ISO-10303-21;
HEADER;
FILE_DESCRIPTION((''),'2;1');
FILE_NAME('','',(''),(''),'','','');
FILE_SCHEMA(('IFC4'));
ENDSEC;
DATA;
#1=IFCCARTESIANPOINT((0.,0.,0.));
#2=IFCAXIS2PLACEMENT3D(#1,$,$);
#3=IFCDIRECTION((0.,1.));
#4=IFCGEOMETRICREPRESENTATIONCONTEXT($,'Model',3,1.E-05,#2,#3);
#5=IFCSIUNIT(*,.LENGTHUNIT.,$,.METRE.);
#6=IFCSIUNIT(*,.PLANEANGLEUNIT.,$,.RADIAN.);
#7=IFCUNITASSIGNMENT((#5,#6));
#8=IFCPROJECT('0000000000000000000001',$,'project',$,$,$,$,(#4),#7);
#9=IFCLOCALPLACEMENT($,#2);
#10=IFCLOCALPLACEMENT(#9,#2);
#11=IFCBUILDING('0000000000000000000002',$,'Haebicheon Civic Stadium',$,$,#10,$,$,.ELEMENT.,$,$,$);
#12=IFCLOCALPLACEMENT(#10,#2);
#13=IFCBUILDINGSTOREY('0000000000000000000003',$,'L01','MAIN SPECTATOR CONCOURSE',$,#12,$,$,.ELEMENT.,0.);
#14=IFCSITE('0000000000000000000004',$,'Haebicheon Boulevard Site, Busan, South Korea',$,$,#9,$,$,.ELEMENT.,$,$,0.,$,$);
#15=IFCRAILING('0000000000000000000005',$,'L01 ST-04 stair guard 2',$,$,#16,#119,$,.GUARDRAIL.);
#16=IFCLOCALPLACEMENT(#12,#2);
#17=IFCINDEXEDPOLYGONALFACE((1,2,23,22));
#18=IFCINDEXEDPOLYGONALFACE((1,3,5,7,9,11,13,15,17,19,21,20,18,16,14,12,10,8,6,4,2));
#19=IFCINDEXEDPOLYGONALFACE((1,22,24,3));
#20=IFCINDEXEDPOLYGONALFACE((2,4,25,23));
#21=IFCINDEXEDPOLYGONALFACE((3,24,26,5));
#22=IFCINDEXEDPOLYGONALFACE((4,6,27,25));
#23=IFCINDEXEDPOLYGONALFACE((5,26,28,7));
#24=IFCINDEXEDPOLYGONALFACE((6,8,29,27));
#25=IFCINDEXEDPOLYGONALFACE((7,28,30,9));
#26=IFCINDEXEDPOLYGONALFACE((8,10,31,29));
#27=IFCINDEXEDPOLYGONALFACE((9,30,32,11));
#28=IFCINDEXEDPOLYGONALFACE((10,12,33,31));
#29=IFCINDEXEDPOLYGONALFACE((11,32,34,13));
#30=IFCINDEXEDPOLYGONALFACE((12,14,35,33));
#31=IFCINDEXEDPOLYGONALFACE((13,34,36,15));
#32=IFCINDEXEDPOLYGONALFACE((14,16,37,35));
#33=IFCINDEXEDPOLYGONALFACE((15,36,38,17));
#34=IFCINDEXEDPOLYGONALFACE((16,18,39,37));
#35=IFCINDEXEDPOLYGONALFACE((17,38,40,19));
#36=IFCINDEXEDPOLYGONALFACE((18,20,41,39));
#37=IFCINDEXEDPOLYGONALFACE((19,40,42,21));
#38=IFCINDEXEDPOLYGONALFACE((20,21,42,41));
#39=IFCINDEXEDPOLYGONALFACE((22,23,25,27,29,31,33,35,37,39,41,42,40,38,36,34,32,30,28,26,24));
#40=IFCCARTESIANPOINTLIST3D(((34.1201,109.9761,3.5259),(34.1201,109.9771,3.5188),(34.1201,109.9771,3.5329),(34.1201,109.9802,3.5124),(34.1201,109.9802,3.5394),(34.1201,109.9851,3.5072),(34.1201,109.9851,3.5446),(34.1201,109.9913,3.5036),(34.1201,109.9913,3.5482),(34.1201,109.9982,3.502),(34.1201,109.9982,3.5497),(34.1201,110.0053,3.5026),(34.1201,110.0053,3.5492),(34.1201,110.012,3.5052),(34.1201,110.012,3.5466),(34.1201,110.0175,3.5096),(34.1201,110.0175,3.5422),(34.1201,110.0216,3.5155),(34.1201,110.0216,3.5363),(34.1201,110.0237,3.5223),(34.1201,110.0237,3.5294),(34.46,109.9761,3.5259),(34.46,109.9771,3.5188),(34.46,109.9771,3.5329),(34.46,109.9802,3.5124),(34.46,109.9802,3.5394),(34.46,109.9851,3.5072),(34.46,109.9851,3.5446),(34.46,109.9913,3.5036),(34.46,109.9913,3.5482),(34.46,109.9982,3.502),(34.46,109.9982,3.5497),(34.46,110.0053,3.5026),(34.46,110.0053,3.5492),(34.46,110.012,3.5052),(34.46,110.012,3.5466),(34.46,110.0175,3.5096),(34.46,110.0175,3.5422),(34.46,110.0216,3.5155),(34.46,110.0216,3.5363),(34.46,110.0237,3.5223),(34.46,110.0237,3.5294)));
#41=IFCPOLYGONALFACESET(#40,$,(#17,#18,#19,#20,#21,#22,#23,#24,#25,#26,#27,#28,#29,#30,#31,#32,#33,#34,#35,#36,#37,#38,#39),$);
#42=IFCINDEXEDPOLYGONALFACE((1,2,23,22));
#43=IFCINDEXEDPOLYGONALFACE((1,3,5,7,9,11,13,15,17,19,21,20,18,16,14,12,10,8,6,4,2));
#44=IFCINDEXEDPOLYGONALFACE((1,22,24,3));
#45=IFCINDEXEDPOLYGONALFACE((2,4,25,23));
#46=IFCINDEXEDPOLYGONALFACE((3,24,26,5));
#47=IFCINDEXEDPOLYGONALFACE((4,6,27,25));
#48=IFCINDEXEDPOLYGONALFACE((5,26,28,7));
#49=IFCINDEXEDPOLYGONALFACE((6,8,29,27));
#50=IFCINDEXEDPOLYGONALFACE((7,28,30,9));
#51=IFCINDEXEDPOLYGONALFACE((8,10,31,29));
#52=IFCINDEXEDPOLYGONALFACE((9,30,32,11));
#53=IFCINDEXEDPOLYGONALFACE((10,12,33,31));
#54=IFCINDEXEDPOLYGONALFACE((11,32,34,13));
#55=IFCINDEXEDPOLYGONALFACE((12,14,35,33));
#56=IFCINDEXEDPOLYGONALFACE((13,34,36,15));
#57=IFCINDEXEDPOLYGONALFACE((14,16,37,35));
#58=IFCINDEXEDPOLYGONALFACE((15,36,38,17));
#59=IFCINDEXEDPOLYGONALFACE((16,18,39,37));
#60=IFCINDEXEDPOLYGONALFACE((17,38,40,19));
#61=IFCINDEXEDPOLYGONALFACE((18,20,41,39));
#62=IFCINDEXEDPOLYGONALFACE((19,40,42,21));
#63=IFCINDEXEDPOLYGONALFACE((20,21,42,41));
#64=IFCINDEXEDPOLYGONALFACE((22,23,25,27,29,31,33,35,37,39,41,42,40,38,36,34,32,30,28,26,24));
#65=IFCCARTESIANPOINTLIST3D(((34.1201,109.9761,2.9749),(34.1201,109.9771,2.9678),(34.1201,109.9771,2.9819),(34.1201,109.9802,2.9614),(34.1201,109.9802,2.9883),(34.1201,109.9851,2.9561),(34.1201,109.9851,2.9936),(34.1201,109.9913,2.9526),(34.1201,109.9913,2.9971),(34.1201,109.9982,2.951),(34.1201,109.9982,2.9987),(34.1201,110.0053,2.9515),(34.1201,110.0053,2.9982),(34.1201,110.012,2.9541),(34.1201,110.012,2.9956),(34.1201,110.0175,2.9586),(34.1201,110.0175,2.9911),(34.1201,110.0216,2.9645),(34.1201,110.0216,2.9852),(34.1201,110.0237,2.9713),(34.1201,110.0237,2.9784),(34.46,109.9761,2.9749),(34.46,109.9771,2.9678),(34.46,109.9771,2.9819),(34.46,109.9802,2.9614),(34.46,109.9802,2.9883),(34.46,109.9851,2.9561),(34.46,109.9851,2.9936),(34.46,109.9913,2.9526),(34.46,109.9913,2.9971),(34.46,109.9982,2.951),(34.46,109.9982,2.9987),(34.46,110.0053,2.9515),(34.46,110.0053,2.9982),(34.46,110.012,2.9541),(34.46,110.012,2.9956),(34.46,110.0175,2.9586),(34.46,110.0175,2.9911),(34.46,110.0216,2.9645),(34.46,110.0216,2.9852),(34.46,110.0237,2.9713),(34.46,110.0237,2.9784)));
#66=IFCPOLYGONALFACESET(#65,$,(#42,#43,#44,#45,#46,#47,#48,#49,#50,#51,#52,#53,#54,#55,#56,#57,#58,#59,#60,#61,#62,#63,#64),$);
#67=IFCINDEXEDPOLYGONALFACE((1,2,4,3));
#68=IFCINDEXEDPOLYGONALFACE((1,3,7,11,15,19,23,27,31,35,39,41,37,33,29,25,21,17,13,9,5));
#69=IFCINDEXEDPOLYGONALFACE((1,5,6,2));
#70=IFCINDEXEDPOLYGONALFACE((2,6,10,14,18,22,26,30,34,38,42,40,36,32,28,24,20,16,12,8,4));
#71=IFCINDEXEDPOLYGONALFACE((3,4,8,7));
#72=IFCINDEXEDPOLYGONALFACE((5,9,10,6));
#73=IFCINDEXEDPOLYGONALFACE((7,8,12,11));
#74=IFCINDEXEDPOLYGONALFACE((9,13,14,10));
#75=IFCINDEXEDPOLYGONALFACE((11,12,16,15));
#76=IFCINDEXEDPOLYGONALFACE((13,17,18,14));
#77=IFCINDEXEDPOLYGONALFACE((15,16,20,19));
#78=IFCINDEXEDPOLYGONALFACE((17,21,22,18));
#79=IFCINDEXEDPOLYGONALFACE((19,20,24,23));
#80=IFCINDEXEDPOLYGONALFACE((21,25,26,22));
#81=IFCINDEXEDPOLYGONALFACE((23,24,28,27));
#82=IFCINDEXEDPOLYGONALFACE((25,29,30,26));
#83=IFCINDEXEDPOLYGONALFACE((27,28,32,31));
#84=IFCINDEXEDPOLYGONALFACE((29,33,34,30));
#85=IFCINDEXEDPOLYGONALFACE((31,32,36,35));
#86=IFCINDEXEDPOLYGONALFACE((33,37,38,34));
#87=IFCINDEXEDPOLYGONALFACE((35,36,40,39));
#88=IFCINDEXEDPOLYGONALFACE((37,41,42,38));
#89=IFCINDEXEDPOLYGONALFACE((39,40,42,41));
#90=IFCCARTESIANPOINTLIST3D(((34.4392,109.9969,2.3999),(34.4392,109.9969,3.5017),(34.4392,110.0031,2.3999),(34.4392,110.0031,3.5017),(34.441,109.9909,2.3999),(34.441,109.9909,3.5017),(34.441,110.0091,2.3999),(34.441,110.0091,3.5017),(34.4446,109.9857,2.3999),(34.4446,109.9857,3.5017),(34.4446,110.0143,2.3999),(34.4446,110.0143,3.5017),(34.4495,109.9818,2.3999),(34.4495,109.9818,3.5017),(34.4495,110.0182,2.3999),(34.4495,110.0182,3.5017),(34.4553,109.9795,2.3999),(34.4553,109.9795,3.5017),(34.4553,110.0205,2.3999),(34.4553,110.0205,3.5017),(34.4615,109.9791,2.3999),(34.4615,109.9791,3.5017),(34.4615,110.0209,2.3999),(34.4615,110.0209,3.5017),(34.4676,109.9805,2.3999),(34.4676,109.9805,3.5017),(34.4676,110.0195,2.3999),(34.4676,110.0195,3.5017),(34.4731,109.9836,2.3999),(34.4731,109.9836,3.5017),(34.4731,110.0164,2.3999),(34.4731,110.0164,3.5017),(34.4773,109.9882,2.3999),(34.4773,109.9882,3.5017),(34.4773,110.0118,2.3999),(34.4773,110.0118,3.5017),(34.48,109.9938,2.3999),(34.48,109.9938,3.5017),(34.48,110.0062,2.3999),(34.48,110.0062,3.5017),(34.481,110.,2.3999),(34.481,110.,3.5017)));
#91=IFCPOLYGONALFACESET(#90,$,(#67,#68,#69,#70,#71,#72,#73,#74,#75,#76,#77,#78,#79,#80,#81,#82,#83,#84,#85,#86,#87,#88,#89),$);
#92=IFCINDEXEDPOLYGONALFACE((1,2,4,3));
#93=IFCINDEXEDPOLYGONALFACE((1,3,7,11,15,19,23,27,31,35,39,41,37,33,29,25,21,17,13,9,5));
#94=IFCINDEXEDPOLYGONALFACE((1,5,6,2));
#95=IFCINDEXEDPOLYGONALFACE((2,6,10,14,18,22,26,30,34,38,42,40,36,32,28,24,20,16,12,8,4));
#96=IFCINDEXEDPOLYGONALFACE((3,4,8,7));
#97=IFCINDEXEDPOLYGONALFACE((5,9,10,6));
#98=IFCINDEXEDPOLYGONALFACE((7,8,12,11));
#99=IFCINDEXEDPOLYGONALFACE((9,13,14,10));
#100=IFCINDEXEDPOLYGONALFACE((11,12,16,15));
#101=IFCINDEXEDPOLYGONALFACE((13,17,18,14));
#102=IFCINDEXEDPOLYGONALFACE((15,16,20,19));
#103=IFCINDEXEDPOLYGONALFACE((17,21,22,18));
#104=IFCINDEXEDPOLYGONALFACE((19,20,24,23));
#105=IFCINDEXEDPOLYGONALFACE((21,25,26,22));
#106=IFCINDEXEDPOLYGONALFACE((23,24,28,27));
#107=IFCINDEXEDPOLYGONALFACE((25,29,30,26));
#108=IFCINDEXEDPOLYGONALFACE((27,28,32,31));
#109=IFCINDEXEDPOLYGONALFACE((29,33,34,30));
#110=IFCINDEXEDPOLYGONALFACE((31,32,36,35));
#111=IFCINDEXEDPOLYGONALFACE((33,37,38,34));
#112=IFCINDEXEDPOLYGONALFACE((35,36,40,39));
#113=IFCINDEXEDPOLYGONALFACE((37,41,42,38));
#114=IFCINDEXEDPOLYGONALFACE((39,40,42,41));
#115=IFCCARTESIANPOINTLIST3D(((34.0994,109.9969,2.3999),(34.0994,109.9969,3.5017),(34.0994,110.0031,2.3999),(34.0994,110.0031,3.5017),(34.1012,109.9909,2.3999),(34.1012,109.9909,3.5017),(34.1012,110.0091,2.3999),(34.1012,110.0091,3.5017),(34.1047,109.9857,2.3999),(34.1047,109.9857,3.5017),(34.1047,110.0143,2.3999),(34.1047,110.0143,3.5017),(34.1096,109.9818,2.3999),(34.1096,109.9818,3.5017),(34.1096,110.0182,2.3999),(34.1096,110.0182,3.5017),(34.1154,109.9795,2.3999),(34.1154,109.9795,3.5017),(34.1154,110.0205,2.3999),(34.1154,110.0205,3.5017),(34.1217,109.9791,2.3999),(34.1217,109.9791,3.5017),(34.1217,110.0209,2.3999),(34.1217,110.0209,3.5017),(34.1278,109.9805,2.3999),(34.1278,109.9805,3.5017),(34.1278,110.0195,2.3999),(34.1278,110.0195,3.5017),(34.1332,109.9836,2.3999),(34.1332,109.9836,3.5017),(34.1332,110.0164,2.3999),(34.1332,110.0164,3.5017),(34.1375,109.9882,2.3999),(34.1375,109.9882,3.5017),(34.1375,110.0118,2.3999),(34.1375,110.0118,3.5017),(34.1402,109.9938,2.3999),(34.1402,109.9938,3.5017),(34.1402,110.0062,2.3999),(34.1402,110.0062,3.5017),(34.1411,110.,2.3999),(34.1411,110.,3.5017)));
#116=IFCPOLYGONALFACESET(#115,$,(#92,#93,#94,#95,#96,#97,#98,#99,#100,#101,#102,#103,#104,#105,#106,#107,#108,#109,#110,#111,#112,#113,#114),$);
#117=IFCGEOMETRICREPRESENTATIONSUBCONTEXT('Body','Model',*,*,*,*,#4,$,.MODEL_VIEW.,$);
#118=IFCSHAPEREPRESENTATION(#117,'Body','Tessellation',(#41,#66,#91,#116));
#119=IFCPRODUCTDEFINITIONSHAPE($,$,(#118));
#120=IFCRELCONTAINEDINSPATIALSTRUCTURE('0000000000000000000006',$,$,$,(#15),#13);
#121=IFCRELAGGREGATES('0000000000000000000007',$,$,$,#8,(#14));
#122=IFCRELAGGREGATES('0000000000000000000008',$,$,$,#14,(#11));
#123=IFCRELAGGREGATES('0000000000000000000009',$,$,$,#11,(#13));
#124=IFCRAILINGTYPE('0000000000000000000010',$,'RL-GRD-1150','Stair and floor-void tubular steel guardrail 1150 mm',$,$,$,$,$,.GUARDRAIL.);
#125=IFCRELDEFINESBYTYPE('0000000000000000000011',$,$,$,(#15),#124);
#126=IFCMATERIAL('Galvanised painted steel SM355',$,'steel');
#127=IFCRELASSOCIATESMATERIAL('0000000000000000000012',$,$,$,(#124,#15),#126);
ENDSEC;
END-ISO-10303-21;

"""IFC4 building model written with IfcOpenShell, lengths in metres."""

from ifc_helpers import new_model, si_unit, direction, frame, origin, origin_2d, place, context, subcontext, project, spatial, circle, extrude, material, type_object, element, save


model = new_model("IFC4")

# Units and contexts
model_context = context("Model", 3, precision=1e-05, world=origin(), true_north=direction((0.0, 1.0)))
body_context = subcontext(model_context, "Body", "Model", "MODEL_VIEW")
ifc_project = project(units=[si_unit("LENGTHUNIT", "METRE"), si_unit("PLANEANGLEUNIT", "RADIAN")], contexts=[model_context])

# Site, building, storey
site_placement = place(None, origin())
site = spatial("IfcSite", under=ifc_project, at=site_placement, Name="Haebicheon Boulevard Site, Busan, South Korea", CompositionType="ELEMENT", RefElevation=0.0)
building_placement = place(site_placement, origin())
building = spatial("IfcBuilding", under=site, at=building_placement, Name="Haebicheon Civic Stadium", CompositionType="ELEMENT")
storey_placement = place(building_placement, origin())
storey = spatial("IfcBuildingStorey", under=building, at=storey_placement, Name="L01", Description="MAIN SPECTATOR CONCOURSE", CompositionType="ELEMENT", Elevation=0.0)

# Railing
ifc_material_1 = material(Name="Galvanised painted steel SM355", Category="steel")
railing_type_1 = type_object("IfcRailingType", Name="RL-GRD-1150", Description="Stair and floor-void tubular steel guardrail 1150 mm", PredefinedType="GUARDRAIL", material=ifc_material_1)
railing_1_placement = place(storey_placement, frame((34.46, 110.0, 2.3999)))
element("IfcRailing", 1, at=railing_1_placement, inside=storey, type_object=railing_type_1, material=ifc_material_1, Name="L01 ST-04 stair guard 2", PredefinedType="GUARDRAIL", context=body_context, shape_type="SweptSolid", body=[
    extrude(circle(Radius=0.0239, at=origin_2d()), frame((0.0, 0.0, 1.126), z_axis=(-1.0, 0.0, 0.0), x_axis=(0.0, -1.0, 0.0)), (0.0, 0.0, 1.0), 0.3398),
    extrude(circle(Radius=0.0239, at=origin_2d()), frame((0.0, 0.0, 0.575), z_axis=(-1.0, 0.0, 0.0), x_axis=(0.0, -1.0, 0.0)), (0.0, 0.0, 1.0), 0.3398),
    extrude(circle(Radius=0.021, at=origin_2d()), origin(), (0.0, 0.0, 1.0), 1.1018),
    extrude(circle(Radius=0.021, at=origin_2d()), frame((-0.3398, 0.0, 0.0)), (0.0, 0.0, 1.0), 1.1018),
])

save(model, "model.ifc")
